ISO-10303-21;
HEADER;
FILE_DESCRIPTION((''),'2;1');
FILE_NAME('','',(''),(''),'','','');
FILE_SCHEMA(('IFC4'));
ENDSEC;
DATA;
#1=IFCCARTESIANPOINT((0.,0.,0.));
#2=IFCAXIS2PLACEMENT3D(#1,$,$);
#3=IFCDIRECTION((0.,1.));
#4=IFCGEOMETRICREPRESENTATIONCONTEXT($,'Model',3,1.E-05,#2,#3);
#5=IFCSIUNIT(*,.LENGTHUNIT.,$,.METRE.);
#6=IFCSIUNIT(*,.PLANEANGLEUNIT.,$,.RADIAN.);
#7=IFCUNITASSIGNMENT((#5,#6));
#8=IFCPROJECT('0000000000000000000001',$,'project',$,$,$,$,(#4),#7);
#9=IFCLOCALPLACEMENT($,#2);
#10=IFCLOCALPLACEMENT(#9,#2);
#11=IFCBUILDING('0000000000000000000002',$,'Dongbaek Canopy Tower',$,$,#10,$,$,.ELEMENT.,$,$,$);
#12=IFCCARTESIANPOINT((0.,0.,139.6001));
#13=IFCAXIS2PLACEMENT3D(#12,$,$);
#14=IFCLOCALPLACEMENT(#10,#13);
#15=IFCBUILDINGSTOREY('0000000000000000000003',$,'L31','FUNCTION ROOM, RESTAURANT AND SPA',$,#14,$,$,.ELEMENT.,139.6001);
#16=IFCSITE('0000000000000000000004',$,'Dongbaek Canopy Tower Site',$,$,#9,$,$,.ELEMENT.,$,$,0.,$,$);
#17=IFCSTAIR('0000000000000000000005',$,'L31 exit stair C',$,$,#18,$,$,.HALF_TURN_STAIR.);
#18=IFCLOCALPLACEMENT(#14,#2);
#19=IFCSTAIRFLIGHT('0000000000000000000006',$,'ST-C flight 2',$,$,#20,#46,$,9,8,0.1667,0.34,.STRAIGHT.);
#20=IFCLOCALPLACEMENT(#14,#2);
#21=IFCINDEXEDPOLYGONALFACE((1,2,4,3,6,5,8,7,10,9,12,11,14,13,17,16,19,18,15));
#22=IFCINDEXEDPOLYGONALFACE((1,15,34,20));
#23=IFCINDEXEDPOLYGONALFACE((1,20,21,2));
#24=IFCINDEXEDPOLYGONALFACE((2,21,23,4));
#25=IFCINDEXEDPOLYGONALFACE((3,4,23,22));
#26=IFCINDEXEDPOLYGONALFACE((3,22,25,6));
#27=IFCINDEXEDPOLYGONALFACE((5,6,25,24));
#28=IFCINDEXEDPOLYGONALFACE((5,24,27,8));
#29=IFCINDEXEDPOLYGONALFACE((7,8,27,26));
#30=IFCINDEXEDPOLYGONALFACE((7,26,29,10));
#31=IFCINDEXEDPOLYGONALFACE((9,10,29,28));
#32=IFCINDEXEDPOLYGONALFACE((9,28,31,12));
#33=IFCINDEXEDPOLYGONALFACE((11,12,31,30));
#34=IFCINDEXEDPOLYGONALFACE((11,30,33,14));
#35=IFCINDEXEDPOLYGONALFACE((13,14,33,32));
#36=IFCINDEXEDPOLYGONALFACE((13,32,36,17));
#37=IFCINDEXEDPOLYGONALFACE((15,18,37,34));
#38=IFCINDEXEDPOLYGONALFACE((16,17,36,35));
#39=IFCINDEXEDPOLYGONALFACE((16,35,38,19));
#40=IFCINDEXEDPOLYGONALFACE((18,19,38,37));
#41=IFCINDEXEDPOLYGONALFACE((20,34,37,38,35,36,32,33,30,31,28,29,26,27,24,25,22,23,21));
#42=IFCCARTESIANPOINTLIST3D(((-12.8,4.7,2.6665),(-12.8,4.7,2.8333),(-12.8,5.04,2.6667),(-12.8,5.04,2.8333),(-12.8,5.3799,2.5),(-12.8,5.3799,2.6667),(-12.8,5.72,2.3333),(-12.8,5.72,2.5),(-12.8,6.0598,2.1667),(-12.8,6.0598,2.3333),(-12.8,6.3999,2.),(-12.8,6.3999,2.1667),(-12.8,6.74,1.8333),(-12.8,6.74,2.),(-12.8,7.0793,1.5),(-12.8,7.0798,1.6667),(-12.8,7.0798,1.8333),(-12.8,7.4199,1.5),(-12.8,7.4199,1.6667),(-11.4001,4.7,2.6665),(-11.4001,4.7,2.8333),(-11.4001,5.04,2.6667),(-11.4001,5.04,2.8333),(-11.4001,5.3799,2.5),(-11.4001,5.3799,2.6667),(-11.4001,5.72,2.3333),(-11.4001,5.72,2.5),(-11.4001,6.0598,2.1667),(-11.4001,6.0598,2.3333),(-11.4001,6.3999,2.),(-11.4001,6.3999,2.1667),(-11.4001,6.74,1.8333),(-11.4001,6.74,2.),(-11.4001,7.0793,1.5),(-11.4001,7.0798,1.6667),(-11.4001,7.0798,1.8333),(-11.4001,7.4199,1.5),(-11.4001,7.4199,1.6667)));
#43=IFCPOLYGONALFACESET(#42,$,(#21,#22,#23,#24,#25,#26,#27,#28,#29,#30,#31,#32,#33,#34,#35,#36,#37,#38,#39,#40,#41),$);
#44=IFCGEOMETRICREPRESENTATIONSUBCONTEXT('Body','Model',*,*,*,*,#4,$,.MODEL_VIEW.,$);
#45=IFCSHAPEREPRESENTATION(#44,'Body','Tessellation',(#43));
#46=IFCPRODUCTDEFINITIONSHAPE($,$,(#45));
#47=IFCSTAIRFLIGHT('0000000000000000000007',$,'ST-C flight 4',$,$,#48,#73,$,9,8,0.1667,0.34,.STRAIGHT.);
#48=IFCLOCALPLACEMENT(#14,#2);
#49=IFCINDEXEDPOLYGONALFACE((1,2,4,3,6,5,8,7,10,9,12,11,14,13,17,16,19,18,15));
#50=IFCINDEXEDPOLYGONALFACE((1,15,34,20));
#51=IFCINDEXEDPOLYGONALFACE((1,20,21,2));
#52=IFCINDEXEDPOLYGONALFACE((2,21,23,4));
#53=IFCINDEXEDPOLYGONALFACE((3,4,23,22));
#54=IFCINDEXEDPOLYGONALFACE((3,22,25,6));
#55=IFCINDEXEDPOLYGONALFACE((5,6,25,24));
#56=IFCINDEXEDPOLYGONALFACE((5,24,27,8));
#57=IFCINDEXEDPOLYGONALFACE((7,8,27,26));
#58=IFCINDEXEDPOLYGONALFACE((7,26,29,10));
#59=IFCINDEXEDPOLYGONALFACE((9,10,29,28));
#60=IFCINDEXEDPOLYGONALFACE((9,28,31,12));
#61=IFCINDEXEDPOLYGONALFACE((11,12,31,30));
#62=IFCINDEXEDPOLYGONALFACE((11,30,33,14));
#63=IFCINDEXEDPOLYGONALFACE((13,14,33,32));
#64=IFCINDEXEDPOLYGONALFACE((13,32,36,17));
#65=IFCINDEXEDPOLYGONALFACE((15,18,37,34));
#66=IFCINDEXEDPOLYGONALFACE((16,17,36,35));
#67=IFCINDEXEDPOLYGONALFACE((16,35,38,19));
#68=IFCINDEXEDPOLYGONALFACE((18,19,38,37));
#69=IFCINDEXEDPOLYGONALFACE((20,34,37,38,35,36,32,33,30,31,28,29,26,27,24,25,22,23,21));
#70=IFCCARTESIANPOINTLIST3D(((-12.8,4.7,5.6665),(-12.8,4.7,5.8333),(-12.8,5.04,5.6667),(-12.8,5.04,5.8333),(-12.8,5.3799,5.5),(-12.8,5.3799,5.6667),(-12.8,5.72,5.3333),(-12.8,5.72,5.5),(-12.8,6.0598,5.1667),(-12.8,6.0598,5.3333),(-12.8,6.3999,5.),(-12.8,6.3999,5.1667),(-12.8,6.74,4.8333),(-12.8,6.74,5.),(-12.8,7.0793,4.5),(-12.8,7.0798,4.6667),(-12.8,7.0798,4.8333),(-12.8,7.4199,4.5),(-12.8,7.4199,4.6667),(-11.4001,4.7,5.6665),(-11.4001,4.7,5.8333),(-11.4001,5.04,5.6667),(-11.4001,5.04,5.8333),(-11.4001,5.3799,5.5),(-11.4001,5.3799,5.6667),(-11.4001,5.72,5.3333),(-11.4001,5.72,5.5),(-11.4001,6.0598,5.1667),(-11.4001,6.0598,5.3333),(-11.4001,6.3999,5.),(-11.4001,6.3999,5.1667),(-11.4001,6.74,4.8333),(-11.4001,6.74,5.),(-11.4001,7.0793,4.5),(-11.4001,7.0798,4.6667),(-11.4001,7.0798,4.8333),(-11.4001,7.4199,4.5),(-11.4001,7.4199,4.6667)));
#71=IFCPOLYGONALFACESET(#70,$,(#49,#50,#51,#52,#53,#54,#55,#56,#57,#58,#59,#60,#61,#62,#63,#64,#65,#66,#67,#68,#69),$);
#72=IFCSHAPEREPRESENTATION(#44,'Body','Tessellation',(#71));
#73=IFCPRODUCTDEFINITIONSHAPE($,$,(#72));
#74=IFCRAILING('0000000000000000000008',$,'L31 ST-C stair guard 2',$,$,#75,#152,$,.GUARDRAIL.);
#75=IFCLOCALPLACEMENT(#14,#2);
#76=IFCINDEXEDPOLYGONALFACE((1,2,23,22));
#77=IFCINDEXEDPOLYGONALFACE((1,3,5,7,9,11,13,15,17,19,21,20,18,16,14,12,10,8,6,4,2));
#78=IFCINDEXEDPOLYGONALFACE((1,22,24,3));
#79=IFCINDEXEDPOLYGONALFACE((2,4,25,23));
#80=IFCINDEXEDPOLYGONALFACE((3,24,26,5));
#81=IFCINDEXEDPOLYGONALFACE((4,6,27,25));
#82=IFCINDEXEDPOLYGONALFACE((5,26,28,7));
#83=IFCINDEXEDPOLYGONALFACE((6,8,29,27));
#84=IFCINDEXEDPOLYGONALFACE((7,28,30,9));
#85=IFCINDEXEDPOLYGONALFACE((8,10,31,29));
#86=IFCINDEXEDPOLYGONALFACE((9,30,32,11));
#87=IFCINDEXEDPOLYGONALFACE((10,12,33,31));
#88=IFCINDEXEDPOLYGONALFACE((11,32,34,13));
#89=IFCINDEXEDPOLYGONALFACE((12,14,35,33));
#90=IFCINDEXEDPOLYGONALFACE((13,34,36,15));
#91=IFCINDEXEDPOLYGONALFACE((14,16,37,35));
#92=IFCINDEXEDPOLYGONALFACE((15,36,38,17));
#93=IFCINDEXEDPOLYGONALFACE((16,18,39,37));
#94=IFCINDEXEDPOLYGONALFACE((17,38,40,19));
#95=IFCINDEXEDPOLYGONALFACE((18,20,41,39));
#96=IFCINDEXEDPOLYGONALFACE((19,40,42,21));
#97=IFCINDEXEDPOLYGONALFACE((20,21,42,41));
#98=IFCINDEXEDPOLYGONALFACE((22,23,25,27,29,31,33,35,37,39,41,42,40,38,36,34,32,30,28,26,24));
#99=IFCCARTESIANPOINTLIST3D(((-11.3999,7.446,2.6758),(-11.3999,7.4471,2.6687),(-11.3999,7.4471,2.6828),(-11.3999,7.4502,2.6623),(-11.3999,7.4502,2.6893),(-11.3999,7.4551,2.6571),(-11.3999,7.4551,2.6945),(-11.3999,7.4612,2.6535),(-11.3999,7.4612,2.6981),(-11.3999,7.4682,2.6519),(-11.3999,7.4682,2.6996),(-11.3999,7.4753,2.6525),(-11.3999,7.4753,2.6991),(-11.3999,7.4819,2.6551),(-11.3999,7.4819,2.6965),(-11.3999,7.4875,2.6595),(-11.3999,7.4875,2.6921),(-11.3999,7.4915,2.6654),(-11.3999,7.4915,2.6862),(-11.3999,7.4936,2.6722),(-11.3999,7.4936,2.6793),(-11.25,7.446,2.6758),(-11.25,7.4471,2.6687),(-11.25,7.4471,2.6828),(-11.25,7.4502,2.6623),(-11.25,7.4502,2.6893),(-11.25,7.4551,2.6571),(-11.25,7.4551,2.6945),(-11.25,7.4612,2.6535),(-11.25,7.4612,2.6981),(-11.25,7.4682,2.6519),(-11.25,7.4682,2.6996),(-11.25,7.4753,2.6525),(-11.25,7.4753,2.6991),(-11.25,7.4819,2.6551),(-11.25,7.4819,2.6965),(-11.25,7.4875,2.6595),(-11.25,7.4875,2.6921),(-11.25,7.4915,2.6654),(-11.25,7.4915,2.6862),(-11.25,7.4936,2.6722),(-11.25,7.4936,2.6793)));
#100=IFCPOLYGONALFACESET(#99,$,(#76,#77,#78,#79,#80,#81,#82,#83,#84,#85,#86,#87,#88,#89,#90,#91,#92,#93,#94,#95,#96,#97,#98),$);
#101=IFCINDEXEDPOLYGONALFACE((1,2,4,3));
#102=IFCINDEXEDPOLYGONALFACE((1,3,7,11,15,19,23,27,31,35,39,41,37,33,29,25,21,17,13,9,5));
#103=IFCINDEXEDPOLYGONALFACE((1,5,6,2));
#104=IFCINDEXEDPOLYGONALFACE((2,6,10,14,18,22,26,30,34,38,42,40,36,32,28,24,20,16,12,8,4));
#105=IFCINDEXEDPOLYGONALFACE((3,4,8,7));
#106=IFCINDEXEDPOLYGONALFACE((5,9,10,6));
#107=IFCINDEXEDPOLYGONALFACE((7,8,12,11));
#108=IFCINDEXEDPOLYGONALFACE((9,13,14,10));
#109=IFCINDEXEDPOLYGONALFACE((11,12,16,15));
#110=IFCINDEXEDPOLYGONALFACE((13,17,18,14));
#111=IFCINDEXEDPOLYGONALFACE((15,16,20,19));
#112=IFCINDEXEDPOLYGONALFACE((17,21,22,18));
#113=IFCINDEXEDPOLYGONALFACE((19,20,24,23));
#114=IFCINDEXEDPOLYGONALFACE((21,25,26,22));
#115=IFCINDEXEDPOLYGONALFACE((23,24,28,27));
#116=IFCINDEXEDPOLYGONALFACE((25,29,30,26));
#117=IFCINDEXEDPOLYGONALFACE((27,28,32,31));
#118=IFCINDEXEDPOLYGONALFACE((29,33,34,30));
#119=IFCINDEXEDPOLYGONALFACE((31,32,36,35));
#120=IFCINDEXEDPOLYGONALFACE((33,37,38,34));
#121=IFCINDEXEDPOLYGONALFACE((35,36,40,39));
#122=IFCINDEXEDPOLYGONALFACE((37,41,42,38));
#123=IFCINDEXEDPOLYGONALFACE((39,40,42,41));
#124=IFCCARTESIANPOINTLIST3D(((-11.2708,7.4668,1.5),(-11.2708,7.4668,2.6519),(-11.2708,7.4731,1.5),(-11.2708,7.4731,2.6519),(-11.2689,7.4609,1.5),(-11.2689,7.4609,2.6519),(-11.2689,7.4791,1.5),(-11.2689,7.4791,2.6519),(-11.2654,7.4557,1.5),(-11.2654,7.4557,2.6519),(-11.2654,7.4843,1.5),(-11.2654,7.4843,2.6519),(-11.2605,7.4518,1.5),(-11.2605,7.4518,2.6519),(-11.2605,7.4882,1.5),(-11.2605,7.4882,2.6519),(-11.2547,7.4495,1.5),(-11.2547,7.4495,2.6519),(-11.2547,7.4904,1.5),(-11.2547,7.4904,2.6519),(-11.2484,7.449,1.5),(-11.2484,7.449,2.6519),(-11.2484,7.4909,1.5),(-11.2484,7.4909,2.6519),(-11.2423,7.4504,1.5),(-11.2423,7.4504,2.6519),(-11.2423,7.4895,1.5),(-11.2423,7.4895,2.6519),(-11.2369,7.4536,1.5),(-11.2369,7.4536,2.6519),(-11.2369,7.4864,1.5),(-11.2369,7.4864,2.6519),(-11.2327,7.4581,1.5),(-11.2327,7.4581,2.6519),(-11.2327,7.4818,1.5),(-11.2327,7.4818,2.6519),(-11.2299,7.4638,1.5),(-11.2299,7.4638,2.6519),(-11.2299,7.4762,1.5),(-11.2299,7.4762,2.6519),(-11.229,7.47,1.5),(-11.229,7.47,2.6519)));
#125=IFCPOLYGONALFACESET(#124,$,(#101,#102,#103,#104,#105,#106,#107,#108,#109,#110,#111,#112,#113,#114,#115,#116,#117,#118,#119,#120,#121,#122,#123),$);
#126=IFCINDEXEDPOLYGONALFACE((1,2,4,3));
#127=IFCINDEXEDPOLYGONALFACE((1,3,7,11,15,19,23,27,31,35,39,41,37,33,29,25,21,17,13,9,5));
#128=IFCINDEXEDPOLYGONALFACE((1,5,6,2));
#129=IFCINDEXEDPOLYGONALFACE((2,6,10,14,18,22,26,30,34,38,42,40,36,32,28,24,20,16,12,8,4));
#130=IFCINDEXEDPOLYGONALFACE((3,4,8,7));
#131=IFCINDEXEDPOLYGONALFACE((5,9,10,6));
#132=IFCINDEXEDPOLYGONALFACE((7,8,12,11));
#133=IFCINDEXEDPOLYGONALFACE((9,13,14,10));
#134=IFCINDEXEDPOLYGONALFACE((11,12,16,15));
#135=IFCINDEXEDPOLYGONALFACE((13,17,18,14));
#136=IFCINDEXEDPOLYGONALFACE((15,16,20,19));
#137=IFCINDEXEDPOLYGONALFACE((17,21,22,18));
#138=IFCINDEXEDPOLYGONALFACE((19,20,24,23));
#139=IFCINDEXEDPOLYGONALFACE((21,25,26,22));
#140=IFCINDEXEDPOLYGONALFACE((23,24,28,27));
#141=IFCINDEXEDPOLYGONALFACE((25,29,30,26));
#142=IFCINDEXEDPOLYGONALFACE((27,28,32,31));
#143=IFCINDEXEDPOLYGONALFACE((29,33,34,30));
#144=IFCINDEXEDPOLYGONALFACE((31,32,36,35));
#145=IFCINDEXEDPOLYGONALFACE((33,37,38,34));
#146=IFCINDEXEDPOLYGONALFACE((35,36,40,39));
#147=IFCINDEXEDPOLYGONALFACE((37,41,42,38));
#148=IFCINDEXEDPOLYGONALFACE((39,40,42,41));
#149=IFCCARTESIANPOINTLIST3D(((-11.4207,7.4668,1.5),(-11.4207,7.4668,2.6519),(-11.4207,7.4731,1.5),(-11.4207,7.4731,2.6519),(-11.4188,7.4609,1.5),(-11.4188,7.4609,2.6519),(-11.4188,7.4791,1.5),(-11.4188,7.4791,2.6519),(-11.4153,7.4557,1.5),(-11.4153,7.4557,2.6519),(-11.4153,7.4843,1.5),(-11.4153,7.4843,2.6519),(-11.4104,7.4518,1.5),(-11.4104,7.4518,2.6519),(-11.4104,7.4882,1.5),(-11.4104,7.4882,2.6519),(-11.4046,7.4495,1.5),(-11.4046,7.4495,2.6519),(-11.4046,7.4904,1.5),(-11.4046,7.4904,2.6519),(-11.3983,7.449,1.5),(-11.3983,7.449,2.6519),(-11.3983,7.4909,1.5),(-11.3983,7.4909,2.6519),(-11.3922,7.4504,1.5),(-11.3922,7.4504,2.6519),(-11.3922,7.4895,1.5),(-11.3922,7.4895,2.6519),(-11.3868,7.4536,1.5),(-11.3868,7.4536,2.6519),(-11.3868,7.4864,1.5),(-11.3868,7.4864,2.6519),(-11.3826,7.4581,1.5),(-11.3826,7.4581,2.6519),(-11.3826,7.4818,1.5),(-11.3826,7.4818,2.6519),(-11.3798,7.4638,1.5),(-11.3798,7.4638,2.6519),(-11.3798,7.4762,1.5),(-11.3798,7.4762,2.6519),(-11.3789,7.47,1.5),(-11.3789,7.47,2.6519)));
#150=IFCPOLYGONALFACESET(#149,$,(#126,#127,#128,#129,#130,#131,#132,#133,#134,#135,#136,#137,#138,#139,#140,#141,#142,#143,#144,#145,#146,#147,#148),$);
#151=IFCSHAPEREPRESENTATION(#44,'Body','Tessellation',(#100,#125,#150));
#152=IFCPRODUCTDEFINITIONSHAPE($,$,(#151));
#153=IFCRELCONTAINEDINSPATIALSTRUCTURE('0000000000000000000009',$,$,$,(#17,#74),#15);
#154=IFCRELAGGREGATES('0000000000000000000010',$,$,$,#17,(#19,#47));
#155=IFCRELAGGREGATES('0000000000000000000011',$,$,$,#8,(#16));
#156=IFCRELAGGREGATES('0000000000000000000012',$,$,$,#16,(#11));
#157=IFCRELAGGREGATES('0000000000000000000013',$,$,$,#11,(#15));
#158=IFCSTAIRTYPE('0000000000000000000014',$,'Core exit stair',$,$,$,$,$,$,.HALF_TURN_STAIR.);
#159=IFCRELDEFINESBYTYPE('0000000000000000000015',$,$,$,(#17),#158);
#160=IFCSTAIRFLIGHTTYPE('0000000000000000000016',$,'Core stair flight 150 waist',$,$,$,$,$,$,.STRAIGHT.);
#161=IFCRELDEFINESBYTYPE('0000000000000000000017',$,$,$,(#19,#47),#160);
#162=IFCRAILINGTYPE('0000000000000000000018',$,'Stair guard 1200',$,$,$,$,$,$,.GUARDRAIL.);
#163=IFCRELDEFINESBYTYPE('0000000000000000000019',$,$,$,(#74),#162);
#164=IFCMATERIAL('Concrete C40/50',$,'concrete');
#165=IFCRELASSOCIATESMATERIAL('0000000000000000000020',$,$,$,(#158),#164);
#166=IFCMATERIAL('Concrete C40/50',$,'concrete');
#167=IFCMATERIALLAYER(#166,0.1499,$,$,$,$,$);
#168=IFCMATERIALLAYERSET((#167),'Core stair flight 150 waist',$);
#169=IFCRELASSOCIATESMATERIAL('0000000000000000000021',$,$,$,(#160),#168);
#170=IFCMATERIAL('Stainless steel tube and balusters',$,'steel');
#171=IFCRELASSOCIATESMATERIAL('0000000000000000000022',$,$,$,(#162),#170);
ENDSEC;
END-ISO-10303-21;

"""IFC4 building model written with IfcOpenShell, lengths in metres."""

from ifc_helpers import new_model, si_unit, direction, frame, origin, origin_2d, place, context, subcontext, project, spatial, polyline, circle, outline, extrude, material, layer, layer_set, type_object, element, aggregate, save


model = new_model("IFC4")

# Units and contexts
model_context = context("Model", 3, precision=1e-05, world=origin(), true_north=direction((0.0, 1.0)))
body_context = subcontext(model_context, "Body", "Model", "MODEL_VIEW")
ifc_project = project(units=[si_unit("LENGTHUNIT", "METRE"), si_unit("PLANEANGLEUNIT", "RADIAN")], contexts=[model_context])

# Site, building, storey
site_placement = place(None, origin())
site = spatial("IfcSite", under=ifc_project, at=site_placement, Name="Dongbaek Canopy Tower Site", CompositionType="ELEMENT", RefElevation=0.0)
building_placement = place(site_placement, origin())
building = spatial("IfcBuilding", under=site, at=building_placement, Name="Dongbaek Canopy Tower", CompositionType="ELEMENT")
storey_placement = place(building_placement, frame((0.0, 0.0, 139.6001)))
storey = spatial("IfcBuildingStorey", under=building, at=storey_placement, Name="L31", Description="FUNCTION ROOM, RESTAURANT AND SPA", CompositionType="ELEMENT", Elevation=139.6001)

# Stair, stair flights
ifc_material_1 = material(Name="Concrete C40/50", Category="concrete")
stair_type = type_object("IfcStairType", Name="Core exit stair", PredefinedType="HALF_TURN_STAIR", material=ifc_material_1)
stair_placement = place(storey_placement, origin())
stair = element("IfcStair", 1, at=stair_placement, inside=storey, type_object=stair_type, Name="L31 exit stair C", PredefinedType="HALF_TURN_STAIR")
ifc_material_2 = material(Name="Concrete C40/50", Category="concrete")
ifc_layer_1 = layer(ifc_material_2, 0.1499)
ifc_layer_set_1 = layer_set([ifc_layer_1], Name="Core stair flight 150 waist")
stair_flight_type = type_object("IfcStairFlightType", Name="Core stair flight 150 waist", PredefinedType="STRAIGHT", material=ifc_layer_set_1)
stair_flight_1_placement = place(storey_placement, frame((-12.1001, 7.4199, 1.5), z_axis=(0.0, 0.0, 1.0), x_axis=(0.0, -1.0, 0.0)))
stair_flight_1 = element("IfcStairFlight", 2, at=stair_flight_1_placement, type_object=stair_flight_type, Name="ST-C flight 2", NumberOfRisers=9, NumberOfTreads=8, PredefinedType="STRAIGHT", RiserHeight=0.1667, TreadLength=0.34, context=body_context, shape_type="SweptSolid", body=[
    extrude(outline(polyline([(0.0, 0.0), (0.0, 0.1667), (0.3401, 0.1667), (0.3401, 0.3333), (0.6799, 0.3333), (0.6799, 0.5), (1.02, 0.5), (1.02, 0.6667), (1.3601, 0.6667), (1.3601, 0.8333), (1.7, 0.8333), (1.7, 1.0), (2.04, 1.0), (2.04, 1.1667), (2.3799, 1.1667), (2.3799, 1.3333), (2.72, 1.3333), (2.72, 1.5), (2.72, 1.1665), (0.3406, 0.0), (0.0, 0.0)])), frame((0.0, 0.7, 0.0), z_axis=(0.0, -1.0, 0.0), x_axis=(1.0, 0.0, 0.0)), (0.0, 0.0, 1.0), 1.3999),
])
stair_flight_2_placement = place(storey_placement, frame((-12.1001, 7.4199, 4.5), z_axis=(0.0, 0.0, 1.0), x_axis=(0.0, -1.0, 0.0)))
stair_flight_2 = element("IfcStairFlight", 3, at=stair_flight_2_placement, type_object=stair_flight_type, Name="ST-C flight 4", NumberOfRisers=9, NumberOfTreads=8, PredefinedType="STRAIGHT", RiserHeight=0.1667, TreadLength=0.34, context=body_context, shape_type="SweptSolid", body=[
    extrude(outline(polyline([(0.0, 0.0), (0.0, 0.1667), (0.3401, 0.1667), (0.3401, 0.3333), (0.6799, 0.3333), (0.6799, 0.5), (1.02, 0.5), (1.02, 0.6667), (1.3601, 0.6667), (1.3601, 0.8333), (1.7, 0.8333), (1.7, 1.0), (2.04, 1.0), (2.04, 1.1667), (2.3799, 1.1667), (2.3799, 1.3333), (2.72, 1.3333), (2.72, 1.5), (2.72, 1.1665), (0.3406, 0.0), (0.0, 0.0)])), frame((0.0, 0.7, 0.0), z_axis=(0.0, -1.0, 0.0), x_axis=(1.0, 0.0, 0.0)), (0.0, 0.0, 1.0), 1.3999),
])
aggregate(stair, [stair_flight_1, stair_flight_2])

# Railing
ifc_material_3 = material(Name="Stainless steel tube and balusters", Category="steel")
railing_type = type_object("IfcRailingType", Name="Stair guard 1200", PredefinedType="GUARDRAIL", material=ifc_material_3)
railing_1_placement = place(storey_placement, frame((-11.25, 7.47, 1.5)))
element("IfcRailing", 4, at=railing_1_placement, inside=storey, type_object=railing_type, Name="L31 ST-C stair guard 2", PredefinedType="GUARDRAIL", context=body_context, shape_type="SweptSolid", body=[
    extrude(circle(Radius=0.0239, at=origin_2d()), frame((0.0, 0.0, 1.1758), z_axis=(-1.0, 0.0, 0.0), x_axis=(0.0, -1.0, 0.0)), (0.0, 0.0, 1.0), 0.1499),
    extrude(circle(Radius=0.021, at=origin_2d()), origin(), (0.0, 0.0, 1.0), 1.1519),
    extrude(circle(Radius=0.021, at=origin_2d()), frame((-0.1499, 0.0, 0.0)), (0.0, 0.0, 1.0), 1.1519),
])

save(model, "model.ifc")
